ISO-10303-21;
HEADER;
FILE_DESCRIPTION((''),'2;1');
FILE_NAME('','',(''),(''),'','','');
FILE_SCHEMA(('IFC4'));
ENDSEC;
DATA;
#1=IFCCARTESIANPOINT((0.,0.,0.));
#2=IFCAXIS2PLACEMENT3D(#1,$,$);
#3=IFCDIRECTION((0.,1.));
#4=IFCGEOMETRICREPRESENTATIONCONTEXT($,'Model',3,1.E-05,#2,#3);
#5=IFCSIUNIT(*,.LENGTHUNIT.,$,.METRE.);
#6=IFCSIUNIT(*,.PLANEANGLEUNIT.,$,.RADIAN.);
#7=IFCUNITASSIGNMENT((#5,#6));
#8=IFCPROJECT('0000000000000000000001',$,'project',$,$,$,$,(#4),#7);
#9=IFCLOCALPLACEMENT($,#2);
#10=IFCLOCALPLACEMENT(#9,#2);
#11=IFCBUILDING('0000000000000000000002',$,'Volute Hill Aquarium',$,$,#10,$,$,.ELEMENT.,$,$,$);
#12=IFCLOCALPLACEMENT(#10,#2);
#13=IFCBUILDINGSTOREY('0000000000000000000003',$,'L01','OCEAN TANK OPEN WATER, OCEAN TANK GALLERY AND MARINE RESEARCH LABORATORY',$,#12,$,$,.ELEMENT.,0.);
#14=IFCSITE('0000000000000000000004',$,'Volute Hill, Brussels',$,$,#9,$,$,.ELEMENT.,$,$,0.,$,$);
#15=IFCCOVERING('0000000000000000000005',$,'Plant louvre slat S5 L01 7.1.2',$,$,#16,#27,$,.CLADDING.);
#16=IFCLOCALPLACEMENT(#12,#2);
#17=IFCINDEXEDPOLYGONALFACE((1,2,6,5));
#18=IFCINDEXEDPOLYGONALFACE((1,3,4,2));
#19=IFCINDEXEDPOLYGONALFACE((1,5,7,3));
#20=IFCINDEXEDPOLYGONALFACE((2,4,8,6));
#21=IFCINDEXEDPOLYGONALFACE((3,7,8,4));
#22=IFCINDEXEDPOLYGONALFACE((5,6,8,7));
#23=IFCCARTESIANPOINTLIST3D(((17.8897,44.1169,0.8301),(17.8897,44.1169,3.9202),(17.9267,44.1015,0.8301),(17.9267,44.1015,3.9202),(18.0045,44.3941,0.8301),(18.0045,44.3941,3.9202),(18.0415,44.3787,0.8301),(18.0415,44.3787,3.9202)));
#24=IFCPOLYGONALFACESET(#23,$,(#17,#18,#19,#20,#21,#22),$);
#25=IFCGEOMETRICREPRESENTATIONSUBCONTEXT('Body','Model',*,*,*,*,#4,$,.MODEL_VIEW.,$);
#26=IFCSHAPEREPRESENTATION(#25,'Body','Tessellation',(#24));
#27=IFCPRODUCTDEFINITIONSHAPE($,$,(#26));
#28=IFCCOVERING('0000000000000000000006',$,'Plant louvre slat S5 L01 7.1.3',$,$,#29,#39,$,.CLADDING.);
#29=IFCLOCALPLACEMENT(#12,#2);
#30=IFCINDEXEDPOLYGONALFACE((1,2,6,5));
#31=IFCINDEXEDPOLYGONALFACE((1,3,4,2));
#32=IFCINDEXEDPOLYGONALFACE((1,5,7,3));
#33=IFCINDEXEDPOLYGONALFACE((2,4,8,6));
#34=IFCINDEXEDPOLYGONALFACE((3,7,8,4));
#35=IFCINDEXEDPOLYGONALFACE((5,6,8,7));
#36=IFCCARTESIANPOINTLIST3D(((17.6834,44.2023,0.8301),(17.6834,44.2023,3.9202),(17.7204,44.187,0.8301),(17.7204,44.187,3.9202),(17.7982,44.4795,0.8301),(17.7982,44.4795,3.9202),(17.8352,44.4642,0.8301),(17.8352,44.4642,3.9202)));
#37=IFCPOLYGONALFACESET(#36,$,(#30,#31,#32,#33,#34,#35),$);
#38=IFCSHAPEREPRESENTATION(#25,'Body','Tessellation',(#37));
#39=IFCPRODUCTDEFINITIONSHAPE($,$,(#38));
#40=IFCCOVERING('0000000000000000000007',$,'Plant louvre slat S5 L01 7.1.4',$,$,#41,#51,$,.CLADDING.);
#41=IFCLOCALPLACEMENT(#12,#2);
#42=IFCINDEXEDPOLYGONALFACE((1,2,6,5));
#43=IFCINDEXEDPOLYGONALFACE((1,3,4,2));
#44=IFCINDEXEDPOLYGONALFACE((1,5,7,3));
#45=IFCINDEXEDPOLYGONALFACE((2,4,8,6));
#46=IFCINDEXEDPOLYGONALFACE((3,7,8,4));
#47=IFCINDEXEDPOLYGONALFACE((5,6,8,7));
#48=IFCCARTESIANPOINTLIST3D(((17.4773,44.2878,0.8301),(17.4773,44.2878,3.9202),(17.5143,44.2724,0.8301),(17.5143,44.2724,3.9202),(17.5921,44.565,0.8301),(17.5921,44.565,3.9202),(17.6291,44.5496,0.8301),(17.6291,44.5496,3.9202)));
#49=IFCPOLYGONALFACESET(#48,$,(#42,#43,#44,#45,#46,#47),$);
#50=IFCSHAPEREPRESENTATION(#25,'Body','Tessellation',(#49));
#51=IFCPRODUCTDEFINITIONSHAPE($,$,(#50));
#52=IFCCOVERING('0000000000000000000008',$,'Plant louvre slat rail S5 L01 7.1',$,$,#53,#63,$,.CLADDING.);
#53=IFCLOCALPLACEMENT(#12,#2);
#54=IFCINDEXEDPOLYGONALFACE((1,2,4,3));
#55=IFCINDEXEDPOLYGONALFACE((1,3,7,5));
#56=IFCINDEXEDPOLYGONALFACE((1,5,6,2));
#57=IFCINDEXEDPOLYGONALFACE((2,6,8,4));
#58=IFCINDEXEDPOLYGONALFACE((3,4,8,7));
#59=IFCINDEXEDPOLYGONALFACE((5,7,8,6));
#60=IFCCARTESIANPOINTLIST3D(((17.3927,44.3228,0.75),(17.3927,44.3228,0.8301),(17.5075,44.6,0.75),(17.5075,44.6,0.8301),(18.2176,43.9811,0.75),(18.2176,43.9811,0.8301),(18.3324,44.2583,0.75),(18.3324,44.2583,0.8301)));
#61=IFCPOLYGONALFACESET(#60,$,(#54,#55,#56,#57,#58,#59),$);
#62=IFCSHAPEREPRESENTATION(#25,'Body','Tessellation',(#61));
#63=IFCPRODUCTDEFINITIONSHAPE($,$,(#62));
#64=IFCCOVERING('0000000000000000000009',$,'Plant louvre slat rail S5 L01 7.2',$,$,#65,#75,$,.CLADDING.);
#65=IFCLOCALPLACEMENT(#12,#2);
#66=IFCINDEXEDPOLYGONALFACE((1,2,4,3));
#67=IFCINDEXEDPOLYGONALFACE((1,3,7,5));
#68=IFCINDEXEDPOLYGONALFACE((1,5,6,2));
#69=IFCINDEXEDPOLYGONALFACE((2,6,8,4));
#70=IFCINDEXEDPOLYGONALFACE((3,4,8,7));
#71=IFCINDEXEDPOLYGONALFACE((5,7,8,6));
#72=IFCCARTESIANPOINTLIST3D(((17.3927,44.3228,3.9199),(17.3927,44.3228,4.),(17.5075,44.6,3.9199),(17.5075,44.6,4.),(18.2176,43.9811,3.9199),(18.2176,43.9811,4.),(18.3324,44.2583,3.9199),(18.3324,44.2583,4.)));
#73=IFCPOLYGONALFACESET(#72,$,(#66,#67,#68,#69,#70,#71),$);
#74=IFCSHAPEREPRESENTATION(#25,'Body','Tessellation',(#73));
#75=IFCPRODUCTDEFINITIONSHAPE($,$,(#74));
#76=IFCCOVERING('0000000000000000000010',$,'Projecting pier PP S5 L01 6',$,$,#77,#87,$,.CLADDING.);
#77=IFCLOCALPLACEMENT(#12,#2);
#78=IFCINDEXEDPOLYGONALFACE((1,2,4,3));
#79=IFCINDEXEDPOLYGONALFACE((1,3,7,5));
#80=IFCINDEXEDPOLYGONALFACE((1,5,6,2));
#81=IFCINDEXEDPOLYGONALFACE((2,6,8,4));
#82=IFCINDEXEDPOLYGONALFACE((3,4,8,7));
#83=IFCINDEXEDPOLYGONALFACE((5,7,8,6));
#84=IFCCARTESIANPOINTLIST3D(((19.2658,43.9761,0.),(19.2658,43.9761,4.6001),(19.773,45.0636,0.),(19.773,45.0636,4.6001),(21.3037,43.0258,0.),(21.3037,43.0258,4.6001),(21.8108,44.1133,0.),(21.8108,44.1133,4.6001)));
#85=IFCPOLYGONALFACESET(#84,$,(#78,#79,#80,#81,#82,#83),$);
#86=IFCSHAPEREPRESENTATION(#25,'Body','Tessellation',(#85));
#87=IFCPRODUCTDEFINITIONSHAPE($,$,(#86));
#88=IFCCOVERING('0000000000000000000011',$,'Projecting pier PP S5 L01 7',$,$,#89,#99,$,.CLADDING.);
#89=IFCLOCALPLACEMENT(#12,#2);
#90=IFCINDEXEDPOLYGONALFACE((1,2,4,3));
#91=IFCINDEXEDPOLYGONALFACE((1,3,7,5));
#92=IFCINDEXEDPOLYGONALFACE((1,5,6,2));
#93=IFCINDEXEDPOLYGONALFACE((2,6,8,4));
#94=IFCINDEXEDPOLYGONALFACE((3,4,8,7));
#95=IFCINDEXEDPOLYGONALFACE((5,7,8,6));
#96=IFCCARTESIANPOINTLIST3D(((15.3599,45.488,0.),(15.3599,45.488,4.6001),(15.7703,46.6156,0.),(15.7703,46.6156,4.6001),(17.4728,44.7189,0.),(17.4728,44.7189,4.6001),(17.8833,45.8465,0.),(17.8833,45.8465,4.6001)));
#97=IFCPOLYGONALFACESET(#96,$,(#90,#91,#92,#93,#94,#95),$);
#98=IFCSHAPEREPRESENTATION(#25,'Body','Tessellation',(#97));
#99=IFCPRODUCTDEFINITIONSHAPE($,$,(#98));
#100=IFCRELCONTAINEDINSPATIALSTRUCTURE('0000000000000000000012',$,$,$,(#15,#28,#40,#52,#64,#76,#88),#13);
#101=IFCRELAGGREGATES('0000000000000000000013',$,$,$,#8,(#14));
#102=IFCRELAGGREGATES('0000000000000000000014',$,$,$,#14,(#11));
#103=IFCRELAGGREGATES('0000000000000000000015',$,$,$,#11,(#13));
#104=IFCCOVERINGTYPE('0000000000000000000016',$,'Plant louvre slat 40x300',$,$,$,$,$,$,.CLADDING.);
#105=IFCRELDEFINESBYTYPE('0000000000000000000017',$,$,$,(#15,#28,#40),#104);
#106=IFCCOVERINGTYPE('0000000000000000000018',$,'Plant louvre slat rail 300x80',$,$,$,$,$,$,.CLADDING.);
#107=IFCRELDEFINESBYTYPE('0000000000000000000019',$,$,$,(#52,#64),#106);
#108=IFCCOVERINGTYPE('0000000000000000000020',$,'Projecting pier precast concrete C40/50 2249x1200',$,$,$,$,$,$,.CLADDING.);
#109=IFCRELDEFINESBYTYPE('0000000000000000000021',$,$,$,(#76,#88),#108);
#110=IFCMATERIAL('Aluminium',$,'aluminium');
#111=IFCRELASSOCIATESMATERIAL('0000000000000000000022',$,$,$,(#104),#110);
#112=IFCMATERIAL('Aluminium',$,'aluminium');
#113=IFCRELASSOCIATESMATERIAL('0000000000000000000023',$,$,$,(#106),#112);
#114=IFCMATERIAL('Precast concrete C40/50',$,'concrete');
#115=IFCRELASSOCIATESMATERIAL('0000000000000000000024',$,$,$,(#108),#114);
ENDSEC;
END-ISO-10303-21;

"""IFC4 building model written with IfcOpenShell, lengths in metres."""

from ifc_helpers import new_model, si_unit, direction, frame, origin, origin_2d, place, context, subcontext, project, spatial, rectangle, extrude, material, type_object, element, save


model = new_model("IFC4")

# Units and contexts
model_context = context("Model", 3, precision=1e-05, world=origin(), true_north=direction((0.0, 1.0)))
body_context = subcontext(model_context, "Body", "Model", "MODEL_VIEW")
ifc_project = project(units=[si_unit("LENGTHUNIT", "METRE"), si_unit("PLANEANGLEUNIT", "RADIAN")], contexts=[model_context])

# Site, building, storey
site_placement = place(None, origin())
site = spatial("IfcSite", under=ifc_project, at=site_placement, Name="Volute Hill, Brussels", CompositionType="ELEMENT", RefElevation=0.0)
building_placement = place(site_placement, origin())
building = spatial("IfcBuilding", under=site, at=building_placement, Name="Volute Hill Aquarium", CompositionType="ELEMENT")
storey_placement = place(building_placement, origin())
storey = spatial("IfcBuildingStorey", under=building, at=storey_placement, Name="L01", Description="OCEAN TANK OPEN WATER, OCEAN TANK GALLERY AND MARINE RESEARCH LABORATORY", CompositionType="ELEMENT", Elevation=0.0)

# Coverings
ifc_material_1 = material(Name="Aluminium", Category="aluminium")
covering_type_1 = type_object("IfcCoveringType", Name="Plant louvre slat 40x300", PredefinedType="CLADDING", material=ifc_material_1)
for number, where, z_axis, x_axis, name in (
    (1, (17.9656, 44.2478, 0.8301), (0.0, 0.0, 1.0), (-0.923879, 0.382686, 0.0), "Plant louvre slat S5 L01 7.1.2"),
    (2, (17.7593, 44.3333, 0.8301), (0.0, 0.0, 1.0), (-0.923879, 0.382686, 0.0), "Plant louvre slat S5 L01 7.1.3"),
    (3, (17.5532, 44.4187, 0.8301), (0.0, 0.0, 1.0), (-0.923879, 0.382686, 0.0), "Plant louvre slat S5 L01 7.1.4"),
):
    element("IfcCovering", number, at=place(storey_placement, frame(where, z_axis=z_axis, x_axis=x_axis)), inside=storey, type_object=covering_type_1, Name=name, PredefinedType="CLADDING", context=body_context, shape_type="SweptSolid", body=[
        extrude(rectangle(XDim=0.04, YDim=0.3, at=origin_2d()), origin(), (0.0, 0.0, 1.0), 3.0901),
    ])
ifc_material_2 = material(Name="Aluminium", Category="aluminium")
covering_type_2 = type_object("IfcCoveringType", Name="Plant louvre slat rail 300x80", PredefinedType="CLADDING", material=ifc_material_2)
for number, where, z_axis, x_axis, name in (
    (4, (17.8625, 44.2905, 0.75), (0.0, 0.0, 1.0), (-0.923879, 0.382686, 0.0), "Plant louvre slat rail S5 L01 7.1"),
    (5, (17.8625, 44.2905, 3.9199), (0.0, 0.0, 1.0), (-0.923879, 0.382686, 0.0), "Plant louvre slat rail S5 L01 7.2"),
):
    element("IfcCovering", number, at=place(storey_placement, frame(where, z_axis=z_axis, x_axis=x_axis)), inside=storey, type_object=covering_type_2, Name=name, PredefinedType="CLADDING", context=body_context, shape_type="SweptSolid", body=[
        extrude(rectangle(XDim=0.8928, YDim=0.3, at=origin_2d()), origin(), (0.0, 0.0, 1.0), 0.0801),
    ])
ifc_material_3 = material(Name="Precast concrete C40/50", Category="concrete")
covering_type_3 = type_object("IfcCoveringType", Name="Projecting pier precast concrete C40/50 2249x1200", PredefinedType="CLADDING", material=ifc_material_3)
for number, where, z_axis, x_axis, name in (
    (6, (20.5383, 44.0447, 0.0), (0.0, 0.0, 1.0), (-0.906308, 0.422618, 0.0), "Projecting pier PP S5 L01 6"),
    (7, (16.6216, 45.6672, 0.0), (0.0, 0.0, 1.0), (-0.939693, 0.34202, 0.0), "Projecting pier PP S5 L01 7"),
):
    element("IfcCovering", number, at=place(storey_placement, frame(where, z_axis=z_axis, x_axis=x_axis)), inside=storey, type_object=covering_type_3, Name=name, PredefinedType="CLADDING", context=body_context, shape_type="SweptSolid", body=[
        extrude(rectangle(XDim=2.2485, YDim=1.2, at=origin_2d()), origin(), (0.0, 0.0, 1.0), 4.6001),
    ])

save(model, "model.ifc")
